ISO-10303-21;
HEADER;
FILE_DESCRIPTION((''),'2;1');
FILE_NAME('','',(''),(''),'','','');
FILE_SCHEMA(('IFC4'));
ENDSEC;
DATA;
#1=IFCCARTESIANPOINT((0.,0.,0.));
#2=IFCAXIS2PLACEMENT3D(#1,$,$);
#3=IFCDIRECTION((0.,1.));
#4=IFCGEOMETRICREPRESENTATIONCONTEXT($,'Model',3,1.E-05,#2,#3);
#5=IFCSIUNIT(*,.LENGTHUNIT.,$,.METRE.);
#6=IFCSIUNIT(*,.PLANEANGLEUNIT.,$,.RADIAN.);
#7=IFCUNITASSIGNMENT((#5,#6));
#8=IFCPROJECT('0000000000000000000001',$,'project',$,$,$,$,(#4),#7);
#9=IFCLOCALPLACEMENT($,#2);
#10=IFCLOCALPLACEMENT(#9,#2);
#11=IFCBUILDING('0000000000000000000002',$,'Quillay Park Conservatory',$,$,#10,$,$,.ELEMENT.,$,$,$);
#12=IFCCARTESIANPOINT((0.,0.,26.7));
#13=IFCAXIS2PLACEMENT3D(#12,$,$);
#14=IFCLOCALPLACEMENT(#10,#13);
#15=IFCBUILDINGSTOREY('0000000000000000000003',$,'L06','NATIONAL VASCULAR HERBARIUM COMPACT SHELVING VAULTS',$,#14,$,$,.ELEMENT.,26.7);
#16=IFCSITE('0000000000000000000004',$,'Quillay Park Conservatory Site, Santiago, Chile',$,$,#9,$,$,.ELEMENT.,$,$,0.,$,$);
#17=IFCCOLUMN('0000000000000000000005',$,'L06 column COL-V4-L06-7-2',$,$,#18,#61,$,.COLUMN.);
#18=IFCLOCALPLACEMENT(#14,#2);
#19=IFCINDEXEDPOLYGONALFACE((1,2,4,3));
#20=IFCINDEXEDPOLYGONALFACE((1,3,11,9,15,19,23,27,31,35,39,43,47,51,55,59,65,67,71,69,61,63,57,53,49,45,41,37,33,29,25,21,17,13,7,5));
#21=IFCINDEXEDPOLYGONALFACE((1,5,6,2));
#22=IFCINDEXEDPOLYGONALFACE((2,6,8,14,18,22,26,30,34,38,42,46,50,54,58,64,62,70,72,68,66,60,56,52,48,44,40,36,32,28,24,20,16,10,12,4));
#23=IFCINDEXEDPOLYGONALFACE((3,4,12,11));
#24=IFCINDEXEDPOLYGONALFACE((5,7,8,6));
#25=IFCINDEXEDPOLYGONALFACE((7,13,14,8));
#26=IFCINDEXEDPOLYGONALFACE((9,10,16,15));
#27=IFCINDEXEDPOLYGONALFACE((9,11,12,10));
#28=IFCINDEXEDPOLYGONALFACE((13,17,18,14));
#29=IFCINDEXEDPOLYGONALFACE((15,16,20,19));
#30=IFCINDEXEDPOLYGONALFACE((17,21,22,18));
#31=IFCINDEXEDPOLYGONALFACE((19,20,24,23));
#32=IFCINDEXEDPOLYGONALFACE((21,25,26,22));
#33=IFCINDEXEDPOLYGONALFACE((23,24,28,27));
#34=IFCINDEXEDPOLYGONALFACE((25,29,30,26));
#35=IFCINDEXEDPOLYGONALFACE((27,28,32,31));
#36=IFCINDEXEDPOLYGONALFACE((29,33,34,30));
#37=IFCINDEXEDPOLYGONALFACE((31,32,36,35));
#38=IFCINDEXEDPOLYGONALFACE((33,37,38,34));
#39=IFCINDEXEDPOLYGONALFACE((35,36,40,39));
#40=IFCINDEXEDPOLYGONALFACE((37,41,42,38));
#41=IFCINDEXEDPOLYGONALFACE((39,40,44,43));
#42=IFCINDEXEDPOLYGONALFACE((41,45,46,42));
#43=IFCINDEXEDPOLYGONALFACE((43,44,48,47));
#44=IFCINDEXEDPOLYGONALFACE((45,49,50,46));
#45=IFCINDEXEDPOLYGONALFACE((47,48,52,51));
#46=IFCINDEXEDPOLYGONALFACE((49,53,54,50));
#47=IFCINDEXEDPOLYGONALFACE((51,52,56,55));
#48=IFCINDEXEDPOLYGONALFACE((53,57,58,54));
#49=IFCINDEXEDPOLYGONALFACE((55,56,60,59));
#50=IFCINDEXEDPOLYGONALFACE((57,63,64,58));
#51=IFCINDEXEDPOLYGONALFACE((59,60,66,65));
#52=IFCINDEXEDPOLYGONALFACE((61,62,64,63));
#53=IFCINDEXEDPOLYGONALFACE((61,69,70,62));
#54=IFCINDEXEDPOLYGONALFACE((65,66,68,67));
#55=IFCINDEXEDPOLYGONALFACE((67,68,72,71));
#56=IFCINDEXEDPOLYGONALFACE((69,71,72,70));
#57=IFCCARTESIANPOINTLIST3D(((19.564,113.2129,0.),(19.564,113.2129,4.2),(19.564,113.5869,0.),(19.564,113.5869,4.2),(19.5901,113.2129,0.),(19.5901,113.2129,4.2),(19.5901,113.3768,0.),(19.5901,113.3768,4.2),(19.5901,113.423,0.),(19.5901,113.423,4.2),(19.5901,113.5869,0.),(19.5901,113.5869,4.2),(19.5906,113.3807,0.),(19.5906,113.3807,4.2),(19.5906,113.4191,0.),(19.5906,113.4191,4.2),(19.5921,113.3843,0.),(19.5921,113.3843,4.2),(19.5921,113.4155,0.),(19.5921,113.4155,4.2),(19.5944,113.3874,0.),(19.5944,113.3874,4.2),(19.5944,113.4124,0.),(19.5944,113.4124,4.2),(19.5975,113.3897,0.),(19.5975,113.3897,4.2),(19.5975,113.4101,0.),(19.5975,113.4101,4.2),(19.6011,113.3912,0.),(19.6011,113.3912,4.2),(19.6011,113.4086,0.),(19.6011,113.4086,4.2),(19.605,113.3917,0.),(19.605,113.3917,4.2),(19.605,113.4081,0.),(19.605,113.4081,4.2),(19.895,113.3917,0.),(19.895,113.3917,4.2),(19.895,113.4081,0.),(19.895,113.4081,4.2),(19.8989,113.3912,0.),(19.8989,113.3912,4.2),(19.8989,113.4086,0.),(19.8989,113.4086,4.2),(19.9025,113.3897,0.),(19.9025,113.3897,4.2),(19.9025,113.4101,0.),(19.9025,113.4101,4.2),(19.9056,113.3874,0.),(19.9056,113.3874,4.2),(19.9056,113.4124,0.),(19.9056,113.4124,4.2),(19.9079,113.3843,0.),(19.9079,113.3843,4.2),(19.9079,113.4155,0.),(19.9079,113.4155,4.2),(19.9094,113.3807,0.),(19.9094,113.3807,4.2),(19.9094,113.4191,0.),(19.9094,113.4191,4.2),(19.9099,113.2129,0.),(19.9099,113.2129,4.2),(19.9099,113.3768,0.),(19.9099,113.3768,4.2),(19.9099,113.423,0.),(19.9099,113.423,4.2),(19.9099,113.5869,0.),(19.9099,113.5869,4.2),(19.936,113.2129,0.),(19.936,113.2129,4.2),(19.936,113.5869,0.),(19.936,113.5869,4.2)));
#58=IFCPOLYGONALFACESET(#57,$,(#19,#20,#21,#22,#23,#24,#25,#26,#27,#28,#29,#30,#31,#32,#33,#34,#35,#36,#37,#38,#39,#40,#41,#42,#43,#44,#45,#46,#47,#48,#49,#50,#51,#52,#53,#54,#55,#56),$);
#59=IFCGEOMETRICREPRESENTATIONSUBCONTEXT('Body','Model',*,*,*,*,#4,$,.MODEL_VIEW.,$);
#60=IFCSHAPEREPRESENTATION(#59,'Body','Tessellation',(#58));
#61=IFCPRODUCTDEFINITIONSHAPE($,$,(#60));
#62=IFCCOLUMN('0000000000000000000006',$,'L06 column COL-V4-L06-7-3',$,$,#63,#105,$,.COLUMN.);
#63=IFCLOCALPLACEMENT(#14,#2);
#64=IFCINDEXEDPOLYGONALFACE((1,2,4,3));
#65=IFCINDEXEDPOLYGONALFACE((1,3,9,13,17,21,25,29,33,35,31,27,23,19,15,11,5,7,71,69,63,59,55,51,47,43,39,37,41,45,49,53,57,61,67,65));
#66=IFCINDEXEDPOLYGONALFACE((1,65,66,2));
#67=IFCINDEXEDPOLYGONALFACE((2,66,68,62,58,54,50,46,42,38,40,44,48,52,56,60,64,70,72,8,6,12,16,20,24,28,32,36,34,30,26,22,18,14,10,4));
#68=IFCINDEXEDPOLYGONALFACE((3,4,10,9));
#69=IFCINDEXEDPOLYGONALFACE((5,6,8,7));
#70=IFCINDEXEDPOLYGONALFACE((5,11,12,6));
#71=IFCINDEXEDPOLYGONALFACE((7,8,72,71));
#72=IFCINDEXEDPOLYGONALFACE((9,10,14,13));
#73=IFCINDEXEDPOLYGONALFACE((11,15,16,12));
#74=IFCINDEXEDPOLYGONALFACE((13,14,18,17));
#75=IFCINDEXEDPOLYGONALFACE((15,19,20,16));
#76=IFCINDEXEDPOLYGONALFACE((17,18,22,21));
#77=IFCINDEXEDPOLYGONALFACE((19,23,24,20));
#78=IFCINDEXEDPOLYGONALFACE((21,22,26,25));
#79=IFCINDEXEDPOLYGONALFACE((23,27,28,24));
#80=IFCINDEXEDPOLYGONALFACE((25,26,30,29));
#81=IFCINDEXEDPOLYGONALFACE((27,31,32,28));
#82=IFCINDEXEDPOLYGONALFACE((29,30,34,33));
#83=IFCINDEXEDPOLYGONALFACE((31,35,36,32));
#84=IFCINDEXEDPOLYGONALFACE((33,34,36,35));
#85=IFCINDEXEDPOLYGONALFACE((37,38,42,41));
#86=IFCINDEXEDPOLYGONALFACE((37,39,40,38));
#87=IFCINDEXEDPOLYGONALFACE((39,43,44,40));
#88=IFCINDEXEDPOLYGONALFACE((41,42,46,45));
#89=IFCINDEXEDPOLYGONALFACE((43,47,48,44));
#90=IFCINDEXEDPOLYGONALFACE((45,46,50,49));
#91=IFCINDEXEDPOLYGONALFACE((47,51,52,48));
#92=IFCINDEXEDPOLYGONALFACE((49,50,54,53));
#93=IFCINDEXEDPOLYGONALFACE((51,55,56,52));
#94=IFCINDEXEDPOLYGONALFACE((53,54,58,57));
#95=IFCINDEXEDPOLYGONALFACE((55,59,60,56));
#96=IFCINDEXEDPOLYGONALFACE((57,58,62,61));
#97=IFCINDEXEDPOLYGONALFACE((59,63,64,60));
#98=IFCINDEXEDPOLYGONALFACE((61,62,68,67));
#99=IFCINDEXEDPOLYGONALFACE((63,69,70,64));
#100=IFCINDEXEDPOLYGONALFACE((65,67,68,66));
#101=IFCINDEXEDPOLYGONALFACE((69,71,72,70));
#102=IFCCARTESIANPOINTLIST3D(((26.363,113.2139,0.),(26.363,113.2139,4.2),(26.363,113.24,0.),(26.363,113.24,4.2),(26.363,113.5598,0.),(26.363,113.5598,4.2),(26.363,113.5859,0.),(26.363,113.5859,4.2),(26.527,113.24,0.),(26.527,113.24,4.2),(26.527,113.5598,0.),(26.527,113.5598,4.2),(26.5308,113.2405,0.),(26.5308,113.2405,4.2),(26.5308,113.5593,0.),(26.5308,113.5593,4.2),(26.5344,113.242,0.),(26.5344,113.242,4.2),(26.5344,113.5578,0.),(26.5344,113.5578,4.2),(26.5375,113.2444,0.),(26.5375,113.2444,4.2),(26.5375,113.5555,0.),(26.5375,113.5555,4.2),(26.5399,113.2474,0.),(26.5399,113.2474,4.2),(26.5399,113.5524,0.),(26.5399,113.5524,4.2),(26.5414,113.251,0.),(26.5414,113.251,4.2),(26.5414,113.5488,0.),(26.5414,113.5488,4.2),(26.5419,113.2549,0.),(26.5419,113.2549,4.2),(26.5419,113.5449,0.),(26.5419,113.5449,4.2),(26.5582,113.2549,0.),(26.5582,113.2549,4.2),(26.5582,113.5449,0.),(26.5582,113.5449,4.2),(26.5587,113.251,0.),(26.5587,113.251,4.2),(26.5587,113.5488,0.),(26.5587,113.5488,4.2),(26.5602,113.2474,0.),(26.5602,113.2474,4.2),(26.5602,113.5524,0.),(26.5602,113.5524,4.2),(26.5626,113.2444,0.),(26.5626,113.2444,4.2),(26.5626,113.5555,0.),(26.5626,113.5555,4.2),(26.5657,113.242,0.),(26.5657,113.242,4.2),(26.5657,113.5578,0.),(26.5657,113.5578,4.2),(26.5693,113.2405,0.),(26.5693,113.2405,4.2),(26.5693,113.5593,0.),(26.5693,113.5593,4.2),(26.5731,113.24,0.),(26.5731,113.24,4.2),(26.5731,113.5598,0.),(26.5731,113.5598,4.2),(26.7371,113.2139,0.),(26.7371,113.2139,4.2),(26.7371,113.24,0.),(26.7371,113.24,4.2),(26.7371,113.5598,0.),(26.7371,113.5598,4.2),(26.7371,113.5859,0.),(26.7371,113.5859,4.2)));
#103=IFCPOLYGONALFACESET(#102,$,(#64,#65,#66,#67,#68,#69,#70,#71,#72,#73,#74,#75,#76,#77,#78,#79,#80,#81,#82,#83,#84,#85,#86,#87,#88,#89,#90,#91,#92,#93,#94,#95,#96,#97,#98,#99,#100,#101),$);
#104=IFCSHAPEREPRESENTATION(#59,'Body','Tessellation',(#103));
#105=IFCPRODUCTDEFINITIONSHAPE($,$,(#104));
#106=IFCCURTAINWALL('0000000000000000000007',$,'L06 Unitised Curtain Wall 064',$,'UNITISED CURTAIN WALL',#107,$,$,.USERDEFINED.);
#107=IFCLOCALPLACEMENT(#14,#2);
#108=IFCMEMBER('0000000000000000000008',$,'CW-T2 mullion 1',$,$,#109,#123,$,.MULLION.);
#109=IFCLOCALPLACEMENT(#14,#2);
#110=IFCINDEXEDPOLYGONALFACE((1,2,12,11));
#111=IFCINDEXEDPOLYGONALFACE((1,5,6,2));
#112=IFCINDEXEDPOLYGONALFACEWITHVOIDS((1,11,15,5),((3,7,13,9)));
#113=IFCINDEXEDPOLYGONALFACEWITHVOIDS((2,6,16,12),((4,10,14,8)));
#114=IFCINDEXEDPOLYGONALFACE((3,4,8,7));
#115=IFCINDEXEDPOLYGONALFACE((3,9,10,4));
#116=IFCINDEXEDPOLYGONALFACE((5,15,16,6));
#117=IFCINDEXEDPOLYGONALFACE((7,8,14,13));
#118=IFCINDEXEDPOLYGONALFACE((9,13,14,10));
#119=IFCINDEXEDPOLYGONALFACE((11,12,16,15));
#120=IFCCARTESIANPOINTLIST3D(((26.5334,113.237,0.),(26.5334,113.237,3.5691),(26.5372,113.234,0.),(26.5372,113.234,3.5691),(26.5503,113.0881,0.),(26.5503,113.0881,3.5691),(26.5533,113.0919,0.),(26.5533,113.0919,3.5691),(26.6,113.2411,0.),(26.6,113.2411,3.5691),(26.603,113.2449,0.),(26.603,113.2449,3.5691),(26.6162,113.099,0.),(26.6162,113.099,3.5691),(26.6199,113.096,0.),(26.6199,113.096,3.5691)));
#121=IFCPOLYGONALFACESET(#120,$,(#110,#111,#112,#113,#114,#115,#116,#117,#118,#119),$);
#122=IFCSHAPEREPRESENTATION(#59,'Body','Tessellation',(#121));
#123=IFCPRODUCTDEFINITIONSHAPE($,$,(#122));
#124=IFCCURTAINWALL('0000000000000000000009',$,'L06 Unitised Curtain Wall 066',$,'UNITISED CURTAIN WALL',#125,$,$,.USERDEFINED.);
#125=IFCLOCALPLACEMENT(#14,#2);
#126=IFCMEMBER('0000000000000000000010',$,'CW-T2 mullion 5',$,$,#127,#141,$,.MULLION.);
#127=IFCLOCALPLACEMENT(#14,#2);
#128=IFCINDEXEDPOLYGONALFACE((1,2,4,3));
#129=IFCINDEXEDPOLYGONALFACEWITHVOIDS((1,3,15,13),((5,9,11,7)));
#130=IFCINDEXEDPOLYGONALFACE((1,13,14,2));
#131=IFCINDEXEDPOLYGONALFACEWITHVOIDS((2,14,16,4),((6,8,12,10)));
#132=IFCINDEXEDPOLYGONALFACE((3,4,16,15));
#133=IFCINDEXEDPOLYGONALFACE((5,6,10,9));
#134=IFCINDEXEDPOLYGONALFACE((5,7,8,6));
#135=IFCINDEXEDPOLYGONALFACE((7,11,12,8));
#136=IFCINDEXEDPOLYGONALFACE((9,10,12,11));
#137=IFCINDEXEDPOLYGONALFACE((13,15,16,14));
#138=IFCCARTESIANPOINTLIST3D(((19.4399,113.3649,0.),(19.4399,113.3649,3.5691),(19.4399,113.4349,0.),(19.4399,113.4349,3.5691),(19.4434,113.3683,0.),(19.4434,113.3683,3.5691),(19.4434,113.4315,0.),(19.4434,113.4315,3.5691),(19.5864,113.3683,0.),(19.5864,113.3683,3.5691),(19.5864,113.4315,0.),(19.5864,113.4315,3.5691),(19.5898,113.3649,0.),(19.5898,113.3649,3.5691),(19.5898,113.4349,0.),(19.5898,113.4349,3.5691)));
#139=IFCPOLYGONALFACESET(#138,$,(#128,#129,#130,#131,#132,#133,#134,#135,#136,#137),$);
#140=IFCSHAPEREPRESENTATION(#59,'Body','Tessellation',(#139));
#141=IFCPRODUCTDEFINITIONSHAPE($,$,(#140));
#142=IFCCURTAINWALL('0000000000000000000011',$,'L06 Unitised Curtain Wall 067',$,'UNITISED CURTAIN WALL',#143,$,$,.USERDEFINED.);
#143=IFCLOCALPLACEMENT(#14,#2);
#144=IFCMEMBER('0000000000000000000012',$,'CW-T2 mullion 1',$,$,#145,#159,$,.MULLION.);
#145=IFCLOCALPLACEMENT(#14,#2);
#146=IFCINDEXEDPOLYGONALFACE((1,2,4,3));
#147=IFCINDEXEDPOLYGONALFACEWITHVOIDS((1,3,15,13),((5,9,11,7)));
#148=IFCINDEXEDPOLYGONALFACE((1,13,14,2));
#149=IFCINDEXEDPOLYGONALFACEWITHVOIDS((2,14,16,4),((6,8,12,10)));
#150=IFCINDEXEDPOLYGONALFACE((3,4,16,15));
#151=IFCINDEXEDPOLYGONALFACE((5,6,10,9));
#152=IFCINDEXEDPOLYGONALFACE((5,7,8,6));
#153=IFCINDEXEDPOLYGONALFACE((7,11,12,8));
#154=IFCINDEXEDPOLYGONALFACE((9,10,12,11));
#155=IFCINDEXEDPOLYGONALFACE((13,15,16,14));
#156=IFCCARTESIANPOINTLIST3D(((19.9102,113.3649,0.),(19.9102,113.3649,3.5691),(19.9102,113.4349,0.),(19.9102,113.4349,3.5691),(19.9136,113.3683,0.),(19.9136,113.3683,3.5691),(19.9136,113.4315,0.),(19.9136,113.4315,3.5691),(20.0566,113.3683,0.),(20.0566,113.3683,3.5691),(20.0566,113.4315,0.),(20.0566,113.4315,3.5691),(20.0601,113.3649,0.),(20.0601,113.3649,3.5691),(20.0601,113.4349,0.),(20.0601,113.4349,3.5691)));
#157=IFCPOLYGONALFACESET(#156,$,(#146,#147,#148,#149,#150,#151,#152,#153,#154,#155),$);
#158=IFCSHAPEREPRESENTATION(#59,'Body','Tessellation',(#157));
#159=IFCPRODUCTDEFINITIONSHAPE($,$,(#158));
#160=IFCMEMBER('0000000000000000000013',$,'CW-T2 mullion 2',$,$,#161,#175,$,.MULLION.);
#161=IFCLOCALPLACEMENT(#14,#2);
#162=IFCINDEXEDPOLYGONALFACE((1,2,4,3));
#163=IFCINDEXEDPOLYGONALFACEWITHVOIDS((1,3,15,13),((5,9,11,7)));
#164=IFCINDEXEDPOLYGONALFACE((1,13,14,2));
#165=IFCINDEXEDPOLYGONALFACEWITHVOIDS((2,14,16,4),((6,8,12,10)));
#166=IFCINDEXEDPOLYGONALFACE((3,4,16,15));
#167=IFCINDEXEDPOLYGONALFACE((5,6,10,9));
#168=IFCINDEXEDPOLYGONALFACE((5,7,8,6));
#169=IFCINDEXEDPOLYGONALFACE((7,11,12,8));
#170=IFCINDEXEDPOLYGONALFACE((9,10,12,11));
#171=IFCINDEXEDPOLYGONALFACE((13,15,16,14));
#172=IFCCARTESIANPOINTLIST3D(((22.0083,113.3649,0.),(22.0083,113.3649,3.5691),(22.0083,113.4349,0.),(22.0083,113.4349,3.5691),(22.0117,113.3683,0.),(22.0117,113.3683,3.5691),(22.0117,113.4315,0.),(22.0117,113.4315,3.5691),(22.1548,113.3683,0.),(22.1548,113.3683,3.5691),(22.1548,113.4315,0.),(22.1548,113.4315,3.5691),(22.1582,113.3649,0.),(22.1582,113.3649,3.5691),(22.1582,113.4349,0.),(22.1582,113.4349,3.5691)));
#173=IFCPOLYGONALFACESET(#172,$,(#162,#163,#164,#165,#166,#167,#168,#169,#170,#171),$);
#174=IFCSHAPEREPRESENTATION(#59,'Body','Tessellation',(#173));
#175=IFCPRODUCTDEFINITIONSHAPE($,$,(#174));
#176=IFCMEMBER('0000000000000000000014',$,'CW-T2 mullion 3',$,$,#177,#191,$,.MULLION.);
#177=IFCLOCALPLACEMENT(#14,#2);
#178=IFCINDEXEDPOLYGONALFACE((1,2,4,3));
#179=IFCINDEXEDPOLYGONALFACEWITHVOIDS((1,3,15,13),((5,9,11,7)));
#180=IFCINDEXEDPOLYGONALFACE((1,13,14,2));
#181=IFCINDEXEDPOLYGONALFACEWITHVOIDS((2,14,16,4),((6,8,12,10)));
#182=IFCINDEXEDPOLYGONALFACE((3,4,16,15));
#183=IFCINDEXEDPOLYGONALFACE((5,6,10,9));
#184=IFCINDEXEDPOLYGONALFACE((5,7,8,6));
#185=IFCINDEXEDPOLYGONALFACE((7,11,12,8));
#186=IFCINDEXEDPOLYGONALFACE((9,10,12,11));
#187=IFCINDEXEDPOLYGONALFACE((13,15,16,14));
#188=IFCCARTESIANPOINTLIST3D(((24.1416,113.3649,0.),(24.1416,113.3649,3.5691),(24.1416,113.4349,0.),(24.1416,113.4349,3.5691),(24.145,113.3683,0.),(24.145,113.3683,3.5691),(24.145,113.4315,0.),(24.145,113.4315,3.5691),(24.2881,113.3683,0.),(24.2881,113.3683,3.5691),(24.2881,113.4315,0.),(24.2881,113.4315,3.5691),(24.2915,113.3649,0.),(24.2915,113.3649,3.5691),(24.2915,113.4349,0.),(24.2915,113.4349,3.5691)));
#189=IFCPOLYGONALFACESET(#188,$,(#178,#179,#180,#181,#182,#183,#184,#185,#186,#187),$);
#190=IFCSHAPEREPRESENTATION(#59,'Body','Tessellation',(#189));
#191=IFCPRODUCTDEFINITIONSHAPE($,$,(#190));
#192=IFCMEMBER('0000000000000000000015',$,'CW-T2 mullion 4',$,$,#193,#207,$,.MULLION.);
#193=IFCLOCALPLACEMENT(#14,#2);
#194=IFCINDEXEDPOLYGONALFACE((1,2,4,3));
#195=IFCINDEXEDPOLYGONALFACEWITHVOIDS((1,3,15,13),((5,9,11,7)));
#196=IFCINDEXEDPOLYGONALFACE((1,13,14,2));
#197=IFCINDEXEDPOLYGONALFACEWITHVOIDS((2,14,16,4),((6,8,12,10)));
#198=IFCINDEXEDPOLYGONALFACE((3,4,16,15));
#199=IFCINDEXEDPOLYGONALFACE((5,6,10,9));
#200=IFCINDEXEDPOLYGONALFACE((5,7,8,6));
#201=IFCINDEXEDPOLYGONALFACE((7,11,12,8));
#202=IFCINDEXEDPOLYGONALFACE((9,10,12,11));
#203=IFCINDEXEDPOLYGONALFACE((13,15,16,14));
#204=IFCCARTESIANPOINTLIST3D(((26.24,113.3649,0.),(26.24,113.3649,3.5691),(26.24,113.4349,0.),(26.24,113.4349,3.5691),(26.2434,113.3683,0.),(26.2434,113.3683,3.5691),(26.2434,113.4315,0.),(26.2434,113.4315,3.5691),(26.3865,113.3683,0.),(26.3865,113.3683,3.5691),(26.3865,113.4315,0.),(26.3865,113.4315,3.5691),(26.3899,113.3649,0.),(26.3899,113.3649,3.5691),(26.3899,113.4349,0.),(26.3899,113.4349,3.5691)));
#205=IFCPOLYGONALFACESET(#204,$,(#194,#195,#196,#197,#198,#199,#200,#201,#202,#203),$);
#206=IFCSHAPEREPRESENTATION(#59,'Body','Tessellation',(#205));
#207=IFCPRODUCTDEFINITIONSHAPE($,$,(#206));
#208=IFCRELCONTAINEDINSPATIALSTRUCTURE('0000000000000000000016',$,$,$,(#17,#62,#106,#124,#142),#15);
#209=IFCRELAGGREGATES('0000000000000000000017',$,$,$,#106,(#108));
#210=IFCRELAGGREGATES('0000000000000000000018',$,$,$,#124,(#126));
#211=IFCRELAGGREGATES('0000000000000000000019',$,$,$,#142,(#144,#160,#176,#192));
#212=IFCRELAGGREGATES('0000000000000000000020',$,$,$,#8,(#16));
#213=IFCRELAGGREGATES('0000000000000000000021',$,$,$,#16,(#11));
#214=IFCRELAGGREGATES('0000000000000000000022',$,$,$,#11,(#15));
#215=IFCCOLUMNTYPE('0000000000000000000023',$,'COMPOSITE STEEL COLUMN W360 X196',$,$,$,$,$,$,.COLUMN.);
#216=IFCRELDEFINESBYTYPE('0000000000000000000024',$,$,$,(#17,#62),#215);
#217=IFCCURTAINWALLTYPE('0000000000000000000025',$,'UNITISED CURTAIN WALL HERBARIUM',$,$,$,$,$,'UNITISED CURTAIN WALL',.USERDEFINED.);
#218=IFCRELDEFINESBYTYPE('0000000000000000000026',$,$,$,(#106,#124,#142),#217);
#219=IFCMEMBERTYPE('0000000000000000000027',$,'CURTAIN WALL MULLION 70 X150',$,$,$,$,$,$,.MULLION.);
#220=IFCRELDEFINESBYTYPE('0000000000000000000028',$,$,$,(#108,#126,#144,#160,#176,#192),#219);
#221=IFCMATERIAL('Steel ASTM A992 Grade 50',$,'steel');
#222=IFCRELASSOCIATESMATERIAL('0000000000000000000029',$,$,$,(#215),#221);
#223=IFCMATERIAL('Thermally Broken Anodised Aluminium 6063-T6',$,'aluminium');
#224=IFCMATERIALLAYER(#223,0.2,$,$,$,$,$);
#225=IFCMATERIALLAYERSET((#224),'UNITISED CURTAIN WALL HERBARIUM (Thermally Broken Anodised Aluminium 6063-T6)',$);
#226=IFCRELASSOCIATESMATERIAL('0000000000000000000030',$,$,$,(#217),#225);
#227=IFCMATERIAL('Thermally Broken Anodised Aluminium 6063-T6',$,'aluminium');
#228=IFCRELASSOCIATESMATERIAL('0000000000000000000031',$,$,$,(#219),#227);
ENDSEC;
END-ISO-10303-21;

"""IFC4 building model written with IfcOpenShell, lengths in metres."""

from ifc_helpers import new_model, si_unit, direction, frame, origin, origin_2d, place, context, subcontext, project, spatial, hollow_rectangle, i_section, extrude, material, layer, layer_set, material_profile, profile_set, type_object, element, aggregate, save


model = new_model("IFC4")

# Units and contexts
model_context = context("Model", 3, precision=1e-05, world=origin(), true_north=direction((0.0, 1.0)))
body_context = subcontext(model_context, "Body", "Model", "MODEL_VIEW")
ifc_project = project(units=[si_unit("LENGTHUNIT", "METRE"), si_unit("PLANEANGLEUNIT", "RADIAN")], contexts=[model_context])

# Site, building, storey
site_placement = place(None, origin())
site = spatial("IfcSite", under=ifc_project, at=site_placement, Name="Quillay Park Conservatory Site, Santiago, Chile", CompositionType="ELEMENT", RefElevation=0.0)
building_placement = place(site_placement, origin())
building = spatial("IfcBuilding", under=site, at=building_placement, Name="Quillay Park Conservatory", CompositionType="ELEMENT")
storey_placement = place(building_placement, frame((0.0, 0.0, 26.7)))
storey = spatial("IfcBuildingStorey", under=building, at=storey_placement, Name="L06", Description="NATIONAL VASCULAR HERBARIUM COMPACT SHELVING VAULTS", CompositionType="ELEMENT", Elevation=26.7)

# Columns
ifc_material_1 = material(Name="Steel ASTM A992 Grade 50", Category="steel")
ifc_material_profile_1 = material_profile(ifc_material_1, i_section(OverallWidth=0.374, OverallDepth=0.3721, WebThickness=0.0164, FlangeThickness=0.0261, FilletRadius=0.0149, at=origin_2d()), Name="W360x196")
ifc_profile_set_1 = profile_set([ifc_material_profile_1], Name="Steel ASTM A992 Grade 50")
column_type = type_object("IfcColumnType", Name="COMPOSITE STEEL COLUMN W360 X196", PredefinedType="COLUMN", material=ifc_profile_set_1)
for number, where, z_axis, x_axis, name in (
    (1, (19.75, 113.3999, 0.0), (0.0, 0.0, 1.0), (0.0, 1.0, 0.0), "L06 column COL-V4-L06-7-2"),
    (2, (26.55, 113.3999, 0.0), (0.0, 0.0, 1.0), (1.0, 0.0, 0.0), "L06 column COL-V4-L06-7-3"),
):
    element("IfcColumn", number, at=place(storey_placement, frame(where, z_axis=z_axis, x_axis=x_axis)), inside=storey, type_object=column_type, Name=name, PredefinedType="COLUMN", context=body_context, shape_type="SweptSolid", body=[
        extrude(i_section(OverallWidth=0.374, OverallDepth=0.3721, WebThickness=0.0164, FlangeThickness=0.0261, FilletRadius=0.0149, at=origin_2d()), origin(), (0.0, 0.0, 1.0), 4.2),
    ])

# Curtain walls, members
ifc_material_2 = material(Name="Thermally Broken Anodised Aluminium 6063-T6", Category="aluminium")
ifc_layer_1 = layer(ifc_material_2, 0.2)
ifc_layer_set_1 = layer_set([ifc_layer_1], Name="UNITISED CURTAIN WALL HERBARIUM (Thermally Broken Anodised Aluminium 6063-T6)")
curtain_wall_type = type_object("IfcCurtainWallType", Name="UNITISED CURTAIN WALL HERBARIUM", ElementType="UNITISED CURTAIN WALL", PredefinedType="USERDEFINED", material=ifc_layer_set_1)
curtain_wall_1_placement = place(storey_placement, origin())
curtain_wall_1 = element("IfcCurtainWall", 3, at=curtain_wall_1_placement, inside=storey, type_object=curtain_wall_type, Name="L06 Unitised Curtain Wall 064", ObjectType="UNITISED CURTAIN WALL", PredefinedType="USERDEFINED")
ifc_material_3 = material(Name="Thermally Broken Anodised Aluminium 6063-T6", Category="aluminium")
ifc_material_profile_2 = material_profile(ifc_material_3, hollow_rectangle(XDim=0.0701, YDim=0.1499, WallThickness=0.0034, at=origin_2d()), Name="AL70x150x3.5")
ifc_profile_set_2 = profile_set([ifc_material_profile_2], Name="Thermally Broken Anodised Aluminium 6063-T6")
member_type_1 = type_object("IfcMemberType", Name="CURTAIN WALL MULLION 70 X150", PredefinedType="MULLION", material=ifc_profile_set_2)
member_1_placement = place(storey_placement, frame((26.5767, 113.1665, 0.0), z_axis=(0.0, 0.0, 1.0), x_axis=(0.993606, 0.112903, 0.0)))
member_1 = element("IfcMember", 4, at=member_1_placement, type_object=member_type_1, Name="CW-T2 mullion 1", PredefinedType="MULLION", context=body_context, shape_type="SweptSolid", body=[
    extrude(hollow_rectangle(XDim=0.0701, YDim=0.1499, WallThickness=0.0034, at=origin_2d()), origin(), (0.0, 0.0, 1.0), 3.5691),
])
aggregate(curtain_wall_1, [member_1])
curtain_wall_2_placement = place(storey_placement, origin())
curtain_wall_2 = element("IfcCurtainWall", 5, at=curtain_wall_2_placement, inside=storey, type_object=curtain_wall_type, Name="L06 Unitised Curtain Wall 066", ObjectType="UNITISED CURTAIN WALL", PredefinedType="USERDEFINED")
member_2_placement = place(storey_placement, frame((19.5149, 113.3999, 0.0), z_axis=(0.0, 0.0, 1.0), x_axis=(0.0, 1.0, 0.0)))
member_2 = element("IfcMember", 6, at=member_2_placement, type_object=member_type_1, Name="CW-T2 mullion 5", PredefinedType="MULLION", context=body_context, shape_type="SweptSolid", body=[
    extrude(hollow_rectangle(XDim=0.0701, YDim=0.1499, WallThickness=0.0034, at=origin_2d()), origin(), (0.0, 0.0, 1.0), 3.5691),
])
aggregate(curtain_wall_2, [member_2])

# Curtain wall, members
curtain_wall_3_placement = place(storey_placement, origin())
curtain_wall_3 = element("IfcCurtainWall", 7, at=curtain_wall_3_placement, inside=storey, type_object=curtain_wall_type, Name="L06 Unitised Curtain Wall 067", ObjectType="UNITISED CURTAIN WALL", PredefinedType="USERDEFINED")
member_3_placement = place(storey_placement, frame((19.9851, 113.3999, 0.0), z_axis=(0.0, 0.0, 1.0), x_axis=(0.0, 1.0, 0.0)))
member_3 = element("IfcMember", 8, at=member_3_placement, type_object=member_type_1, Name="CW-T2 mullion 1", PredefinedType="MULLION", context=body_context, shape_type="SweptSolid", body=[
    extrude(hollow_rectangle(XDim=0.0701, YDim=0.1499, WallThickness=0.0034, at=origin_2d()), origin(), (0.0, 0.0, 1.0), 3.5691),
])
member_4_placement = place(storey_placement, frame((22.0833, 113.3999, 0.0), z_axis=(0.0, 0.0, 1.0), x_axis=(0.0, 1.0, 0.0)))
member_4 = element("IfcMember", 9, at=member_4_placement, type_object=member_type_1, Name="CW-T2 mullion 2", PredefinedType="MULLION", context=body_context, shape_type="SweptSolid", body=[
    extrude(hollow_rectangle(XDim=0.0701, YDim=0.1499, WallThickness=0.0034, at=origin_2d()), origin(), (0.0, 0.0, 1.0), 3.5691),
])
member_5_placement = place(storey_placement, frame((24.2166, 113.3999, 0.0), z_axis=(0.0, 0.0, 1.0), x_axis=(0.0, 1.0, 0.0)))
member_5 = element("IfcMember", 10, at=member_5_placement, type_object=member_type_1, Name="CW-T2 mullion 3", PredefinedType="MULLION", context=body_context, shape_type="SweptSolid", body=[
    extrude(hollow_rectangle(XDim=0.0701, YDim=0.1499, WallThickness=0.0034, at=origin_2d()), origin(), (0.0, 0.0, 1.0), 3.5691),
])
member_6_placement = place(storey_placement, frame((26.3149, 113.3999, 0.0), z_axis=(0.0, 0.0, 1.0), x_axis=(0.0, 1.0, 0.0)))
member_6 = element("IfcMember", 11, at=member_6_placement, type_object=member_type_1, Name="CW-T2 mullion 4", PredefinedType="MULLION", context=body_context, shape_type="SweptSolid", body=[
    extrude(hollow_rectangle(XDim=0.0701, YDim=0.1499, WallThickness=0.0034, at=origin_2d()), origin(), (0.0, 0.0, 1.0), 3.5691),
])

aggregate(curtain_wall_3, [member_3, member_4, member_5, member_6])

save(model, "model.ifc")
